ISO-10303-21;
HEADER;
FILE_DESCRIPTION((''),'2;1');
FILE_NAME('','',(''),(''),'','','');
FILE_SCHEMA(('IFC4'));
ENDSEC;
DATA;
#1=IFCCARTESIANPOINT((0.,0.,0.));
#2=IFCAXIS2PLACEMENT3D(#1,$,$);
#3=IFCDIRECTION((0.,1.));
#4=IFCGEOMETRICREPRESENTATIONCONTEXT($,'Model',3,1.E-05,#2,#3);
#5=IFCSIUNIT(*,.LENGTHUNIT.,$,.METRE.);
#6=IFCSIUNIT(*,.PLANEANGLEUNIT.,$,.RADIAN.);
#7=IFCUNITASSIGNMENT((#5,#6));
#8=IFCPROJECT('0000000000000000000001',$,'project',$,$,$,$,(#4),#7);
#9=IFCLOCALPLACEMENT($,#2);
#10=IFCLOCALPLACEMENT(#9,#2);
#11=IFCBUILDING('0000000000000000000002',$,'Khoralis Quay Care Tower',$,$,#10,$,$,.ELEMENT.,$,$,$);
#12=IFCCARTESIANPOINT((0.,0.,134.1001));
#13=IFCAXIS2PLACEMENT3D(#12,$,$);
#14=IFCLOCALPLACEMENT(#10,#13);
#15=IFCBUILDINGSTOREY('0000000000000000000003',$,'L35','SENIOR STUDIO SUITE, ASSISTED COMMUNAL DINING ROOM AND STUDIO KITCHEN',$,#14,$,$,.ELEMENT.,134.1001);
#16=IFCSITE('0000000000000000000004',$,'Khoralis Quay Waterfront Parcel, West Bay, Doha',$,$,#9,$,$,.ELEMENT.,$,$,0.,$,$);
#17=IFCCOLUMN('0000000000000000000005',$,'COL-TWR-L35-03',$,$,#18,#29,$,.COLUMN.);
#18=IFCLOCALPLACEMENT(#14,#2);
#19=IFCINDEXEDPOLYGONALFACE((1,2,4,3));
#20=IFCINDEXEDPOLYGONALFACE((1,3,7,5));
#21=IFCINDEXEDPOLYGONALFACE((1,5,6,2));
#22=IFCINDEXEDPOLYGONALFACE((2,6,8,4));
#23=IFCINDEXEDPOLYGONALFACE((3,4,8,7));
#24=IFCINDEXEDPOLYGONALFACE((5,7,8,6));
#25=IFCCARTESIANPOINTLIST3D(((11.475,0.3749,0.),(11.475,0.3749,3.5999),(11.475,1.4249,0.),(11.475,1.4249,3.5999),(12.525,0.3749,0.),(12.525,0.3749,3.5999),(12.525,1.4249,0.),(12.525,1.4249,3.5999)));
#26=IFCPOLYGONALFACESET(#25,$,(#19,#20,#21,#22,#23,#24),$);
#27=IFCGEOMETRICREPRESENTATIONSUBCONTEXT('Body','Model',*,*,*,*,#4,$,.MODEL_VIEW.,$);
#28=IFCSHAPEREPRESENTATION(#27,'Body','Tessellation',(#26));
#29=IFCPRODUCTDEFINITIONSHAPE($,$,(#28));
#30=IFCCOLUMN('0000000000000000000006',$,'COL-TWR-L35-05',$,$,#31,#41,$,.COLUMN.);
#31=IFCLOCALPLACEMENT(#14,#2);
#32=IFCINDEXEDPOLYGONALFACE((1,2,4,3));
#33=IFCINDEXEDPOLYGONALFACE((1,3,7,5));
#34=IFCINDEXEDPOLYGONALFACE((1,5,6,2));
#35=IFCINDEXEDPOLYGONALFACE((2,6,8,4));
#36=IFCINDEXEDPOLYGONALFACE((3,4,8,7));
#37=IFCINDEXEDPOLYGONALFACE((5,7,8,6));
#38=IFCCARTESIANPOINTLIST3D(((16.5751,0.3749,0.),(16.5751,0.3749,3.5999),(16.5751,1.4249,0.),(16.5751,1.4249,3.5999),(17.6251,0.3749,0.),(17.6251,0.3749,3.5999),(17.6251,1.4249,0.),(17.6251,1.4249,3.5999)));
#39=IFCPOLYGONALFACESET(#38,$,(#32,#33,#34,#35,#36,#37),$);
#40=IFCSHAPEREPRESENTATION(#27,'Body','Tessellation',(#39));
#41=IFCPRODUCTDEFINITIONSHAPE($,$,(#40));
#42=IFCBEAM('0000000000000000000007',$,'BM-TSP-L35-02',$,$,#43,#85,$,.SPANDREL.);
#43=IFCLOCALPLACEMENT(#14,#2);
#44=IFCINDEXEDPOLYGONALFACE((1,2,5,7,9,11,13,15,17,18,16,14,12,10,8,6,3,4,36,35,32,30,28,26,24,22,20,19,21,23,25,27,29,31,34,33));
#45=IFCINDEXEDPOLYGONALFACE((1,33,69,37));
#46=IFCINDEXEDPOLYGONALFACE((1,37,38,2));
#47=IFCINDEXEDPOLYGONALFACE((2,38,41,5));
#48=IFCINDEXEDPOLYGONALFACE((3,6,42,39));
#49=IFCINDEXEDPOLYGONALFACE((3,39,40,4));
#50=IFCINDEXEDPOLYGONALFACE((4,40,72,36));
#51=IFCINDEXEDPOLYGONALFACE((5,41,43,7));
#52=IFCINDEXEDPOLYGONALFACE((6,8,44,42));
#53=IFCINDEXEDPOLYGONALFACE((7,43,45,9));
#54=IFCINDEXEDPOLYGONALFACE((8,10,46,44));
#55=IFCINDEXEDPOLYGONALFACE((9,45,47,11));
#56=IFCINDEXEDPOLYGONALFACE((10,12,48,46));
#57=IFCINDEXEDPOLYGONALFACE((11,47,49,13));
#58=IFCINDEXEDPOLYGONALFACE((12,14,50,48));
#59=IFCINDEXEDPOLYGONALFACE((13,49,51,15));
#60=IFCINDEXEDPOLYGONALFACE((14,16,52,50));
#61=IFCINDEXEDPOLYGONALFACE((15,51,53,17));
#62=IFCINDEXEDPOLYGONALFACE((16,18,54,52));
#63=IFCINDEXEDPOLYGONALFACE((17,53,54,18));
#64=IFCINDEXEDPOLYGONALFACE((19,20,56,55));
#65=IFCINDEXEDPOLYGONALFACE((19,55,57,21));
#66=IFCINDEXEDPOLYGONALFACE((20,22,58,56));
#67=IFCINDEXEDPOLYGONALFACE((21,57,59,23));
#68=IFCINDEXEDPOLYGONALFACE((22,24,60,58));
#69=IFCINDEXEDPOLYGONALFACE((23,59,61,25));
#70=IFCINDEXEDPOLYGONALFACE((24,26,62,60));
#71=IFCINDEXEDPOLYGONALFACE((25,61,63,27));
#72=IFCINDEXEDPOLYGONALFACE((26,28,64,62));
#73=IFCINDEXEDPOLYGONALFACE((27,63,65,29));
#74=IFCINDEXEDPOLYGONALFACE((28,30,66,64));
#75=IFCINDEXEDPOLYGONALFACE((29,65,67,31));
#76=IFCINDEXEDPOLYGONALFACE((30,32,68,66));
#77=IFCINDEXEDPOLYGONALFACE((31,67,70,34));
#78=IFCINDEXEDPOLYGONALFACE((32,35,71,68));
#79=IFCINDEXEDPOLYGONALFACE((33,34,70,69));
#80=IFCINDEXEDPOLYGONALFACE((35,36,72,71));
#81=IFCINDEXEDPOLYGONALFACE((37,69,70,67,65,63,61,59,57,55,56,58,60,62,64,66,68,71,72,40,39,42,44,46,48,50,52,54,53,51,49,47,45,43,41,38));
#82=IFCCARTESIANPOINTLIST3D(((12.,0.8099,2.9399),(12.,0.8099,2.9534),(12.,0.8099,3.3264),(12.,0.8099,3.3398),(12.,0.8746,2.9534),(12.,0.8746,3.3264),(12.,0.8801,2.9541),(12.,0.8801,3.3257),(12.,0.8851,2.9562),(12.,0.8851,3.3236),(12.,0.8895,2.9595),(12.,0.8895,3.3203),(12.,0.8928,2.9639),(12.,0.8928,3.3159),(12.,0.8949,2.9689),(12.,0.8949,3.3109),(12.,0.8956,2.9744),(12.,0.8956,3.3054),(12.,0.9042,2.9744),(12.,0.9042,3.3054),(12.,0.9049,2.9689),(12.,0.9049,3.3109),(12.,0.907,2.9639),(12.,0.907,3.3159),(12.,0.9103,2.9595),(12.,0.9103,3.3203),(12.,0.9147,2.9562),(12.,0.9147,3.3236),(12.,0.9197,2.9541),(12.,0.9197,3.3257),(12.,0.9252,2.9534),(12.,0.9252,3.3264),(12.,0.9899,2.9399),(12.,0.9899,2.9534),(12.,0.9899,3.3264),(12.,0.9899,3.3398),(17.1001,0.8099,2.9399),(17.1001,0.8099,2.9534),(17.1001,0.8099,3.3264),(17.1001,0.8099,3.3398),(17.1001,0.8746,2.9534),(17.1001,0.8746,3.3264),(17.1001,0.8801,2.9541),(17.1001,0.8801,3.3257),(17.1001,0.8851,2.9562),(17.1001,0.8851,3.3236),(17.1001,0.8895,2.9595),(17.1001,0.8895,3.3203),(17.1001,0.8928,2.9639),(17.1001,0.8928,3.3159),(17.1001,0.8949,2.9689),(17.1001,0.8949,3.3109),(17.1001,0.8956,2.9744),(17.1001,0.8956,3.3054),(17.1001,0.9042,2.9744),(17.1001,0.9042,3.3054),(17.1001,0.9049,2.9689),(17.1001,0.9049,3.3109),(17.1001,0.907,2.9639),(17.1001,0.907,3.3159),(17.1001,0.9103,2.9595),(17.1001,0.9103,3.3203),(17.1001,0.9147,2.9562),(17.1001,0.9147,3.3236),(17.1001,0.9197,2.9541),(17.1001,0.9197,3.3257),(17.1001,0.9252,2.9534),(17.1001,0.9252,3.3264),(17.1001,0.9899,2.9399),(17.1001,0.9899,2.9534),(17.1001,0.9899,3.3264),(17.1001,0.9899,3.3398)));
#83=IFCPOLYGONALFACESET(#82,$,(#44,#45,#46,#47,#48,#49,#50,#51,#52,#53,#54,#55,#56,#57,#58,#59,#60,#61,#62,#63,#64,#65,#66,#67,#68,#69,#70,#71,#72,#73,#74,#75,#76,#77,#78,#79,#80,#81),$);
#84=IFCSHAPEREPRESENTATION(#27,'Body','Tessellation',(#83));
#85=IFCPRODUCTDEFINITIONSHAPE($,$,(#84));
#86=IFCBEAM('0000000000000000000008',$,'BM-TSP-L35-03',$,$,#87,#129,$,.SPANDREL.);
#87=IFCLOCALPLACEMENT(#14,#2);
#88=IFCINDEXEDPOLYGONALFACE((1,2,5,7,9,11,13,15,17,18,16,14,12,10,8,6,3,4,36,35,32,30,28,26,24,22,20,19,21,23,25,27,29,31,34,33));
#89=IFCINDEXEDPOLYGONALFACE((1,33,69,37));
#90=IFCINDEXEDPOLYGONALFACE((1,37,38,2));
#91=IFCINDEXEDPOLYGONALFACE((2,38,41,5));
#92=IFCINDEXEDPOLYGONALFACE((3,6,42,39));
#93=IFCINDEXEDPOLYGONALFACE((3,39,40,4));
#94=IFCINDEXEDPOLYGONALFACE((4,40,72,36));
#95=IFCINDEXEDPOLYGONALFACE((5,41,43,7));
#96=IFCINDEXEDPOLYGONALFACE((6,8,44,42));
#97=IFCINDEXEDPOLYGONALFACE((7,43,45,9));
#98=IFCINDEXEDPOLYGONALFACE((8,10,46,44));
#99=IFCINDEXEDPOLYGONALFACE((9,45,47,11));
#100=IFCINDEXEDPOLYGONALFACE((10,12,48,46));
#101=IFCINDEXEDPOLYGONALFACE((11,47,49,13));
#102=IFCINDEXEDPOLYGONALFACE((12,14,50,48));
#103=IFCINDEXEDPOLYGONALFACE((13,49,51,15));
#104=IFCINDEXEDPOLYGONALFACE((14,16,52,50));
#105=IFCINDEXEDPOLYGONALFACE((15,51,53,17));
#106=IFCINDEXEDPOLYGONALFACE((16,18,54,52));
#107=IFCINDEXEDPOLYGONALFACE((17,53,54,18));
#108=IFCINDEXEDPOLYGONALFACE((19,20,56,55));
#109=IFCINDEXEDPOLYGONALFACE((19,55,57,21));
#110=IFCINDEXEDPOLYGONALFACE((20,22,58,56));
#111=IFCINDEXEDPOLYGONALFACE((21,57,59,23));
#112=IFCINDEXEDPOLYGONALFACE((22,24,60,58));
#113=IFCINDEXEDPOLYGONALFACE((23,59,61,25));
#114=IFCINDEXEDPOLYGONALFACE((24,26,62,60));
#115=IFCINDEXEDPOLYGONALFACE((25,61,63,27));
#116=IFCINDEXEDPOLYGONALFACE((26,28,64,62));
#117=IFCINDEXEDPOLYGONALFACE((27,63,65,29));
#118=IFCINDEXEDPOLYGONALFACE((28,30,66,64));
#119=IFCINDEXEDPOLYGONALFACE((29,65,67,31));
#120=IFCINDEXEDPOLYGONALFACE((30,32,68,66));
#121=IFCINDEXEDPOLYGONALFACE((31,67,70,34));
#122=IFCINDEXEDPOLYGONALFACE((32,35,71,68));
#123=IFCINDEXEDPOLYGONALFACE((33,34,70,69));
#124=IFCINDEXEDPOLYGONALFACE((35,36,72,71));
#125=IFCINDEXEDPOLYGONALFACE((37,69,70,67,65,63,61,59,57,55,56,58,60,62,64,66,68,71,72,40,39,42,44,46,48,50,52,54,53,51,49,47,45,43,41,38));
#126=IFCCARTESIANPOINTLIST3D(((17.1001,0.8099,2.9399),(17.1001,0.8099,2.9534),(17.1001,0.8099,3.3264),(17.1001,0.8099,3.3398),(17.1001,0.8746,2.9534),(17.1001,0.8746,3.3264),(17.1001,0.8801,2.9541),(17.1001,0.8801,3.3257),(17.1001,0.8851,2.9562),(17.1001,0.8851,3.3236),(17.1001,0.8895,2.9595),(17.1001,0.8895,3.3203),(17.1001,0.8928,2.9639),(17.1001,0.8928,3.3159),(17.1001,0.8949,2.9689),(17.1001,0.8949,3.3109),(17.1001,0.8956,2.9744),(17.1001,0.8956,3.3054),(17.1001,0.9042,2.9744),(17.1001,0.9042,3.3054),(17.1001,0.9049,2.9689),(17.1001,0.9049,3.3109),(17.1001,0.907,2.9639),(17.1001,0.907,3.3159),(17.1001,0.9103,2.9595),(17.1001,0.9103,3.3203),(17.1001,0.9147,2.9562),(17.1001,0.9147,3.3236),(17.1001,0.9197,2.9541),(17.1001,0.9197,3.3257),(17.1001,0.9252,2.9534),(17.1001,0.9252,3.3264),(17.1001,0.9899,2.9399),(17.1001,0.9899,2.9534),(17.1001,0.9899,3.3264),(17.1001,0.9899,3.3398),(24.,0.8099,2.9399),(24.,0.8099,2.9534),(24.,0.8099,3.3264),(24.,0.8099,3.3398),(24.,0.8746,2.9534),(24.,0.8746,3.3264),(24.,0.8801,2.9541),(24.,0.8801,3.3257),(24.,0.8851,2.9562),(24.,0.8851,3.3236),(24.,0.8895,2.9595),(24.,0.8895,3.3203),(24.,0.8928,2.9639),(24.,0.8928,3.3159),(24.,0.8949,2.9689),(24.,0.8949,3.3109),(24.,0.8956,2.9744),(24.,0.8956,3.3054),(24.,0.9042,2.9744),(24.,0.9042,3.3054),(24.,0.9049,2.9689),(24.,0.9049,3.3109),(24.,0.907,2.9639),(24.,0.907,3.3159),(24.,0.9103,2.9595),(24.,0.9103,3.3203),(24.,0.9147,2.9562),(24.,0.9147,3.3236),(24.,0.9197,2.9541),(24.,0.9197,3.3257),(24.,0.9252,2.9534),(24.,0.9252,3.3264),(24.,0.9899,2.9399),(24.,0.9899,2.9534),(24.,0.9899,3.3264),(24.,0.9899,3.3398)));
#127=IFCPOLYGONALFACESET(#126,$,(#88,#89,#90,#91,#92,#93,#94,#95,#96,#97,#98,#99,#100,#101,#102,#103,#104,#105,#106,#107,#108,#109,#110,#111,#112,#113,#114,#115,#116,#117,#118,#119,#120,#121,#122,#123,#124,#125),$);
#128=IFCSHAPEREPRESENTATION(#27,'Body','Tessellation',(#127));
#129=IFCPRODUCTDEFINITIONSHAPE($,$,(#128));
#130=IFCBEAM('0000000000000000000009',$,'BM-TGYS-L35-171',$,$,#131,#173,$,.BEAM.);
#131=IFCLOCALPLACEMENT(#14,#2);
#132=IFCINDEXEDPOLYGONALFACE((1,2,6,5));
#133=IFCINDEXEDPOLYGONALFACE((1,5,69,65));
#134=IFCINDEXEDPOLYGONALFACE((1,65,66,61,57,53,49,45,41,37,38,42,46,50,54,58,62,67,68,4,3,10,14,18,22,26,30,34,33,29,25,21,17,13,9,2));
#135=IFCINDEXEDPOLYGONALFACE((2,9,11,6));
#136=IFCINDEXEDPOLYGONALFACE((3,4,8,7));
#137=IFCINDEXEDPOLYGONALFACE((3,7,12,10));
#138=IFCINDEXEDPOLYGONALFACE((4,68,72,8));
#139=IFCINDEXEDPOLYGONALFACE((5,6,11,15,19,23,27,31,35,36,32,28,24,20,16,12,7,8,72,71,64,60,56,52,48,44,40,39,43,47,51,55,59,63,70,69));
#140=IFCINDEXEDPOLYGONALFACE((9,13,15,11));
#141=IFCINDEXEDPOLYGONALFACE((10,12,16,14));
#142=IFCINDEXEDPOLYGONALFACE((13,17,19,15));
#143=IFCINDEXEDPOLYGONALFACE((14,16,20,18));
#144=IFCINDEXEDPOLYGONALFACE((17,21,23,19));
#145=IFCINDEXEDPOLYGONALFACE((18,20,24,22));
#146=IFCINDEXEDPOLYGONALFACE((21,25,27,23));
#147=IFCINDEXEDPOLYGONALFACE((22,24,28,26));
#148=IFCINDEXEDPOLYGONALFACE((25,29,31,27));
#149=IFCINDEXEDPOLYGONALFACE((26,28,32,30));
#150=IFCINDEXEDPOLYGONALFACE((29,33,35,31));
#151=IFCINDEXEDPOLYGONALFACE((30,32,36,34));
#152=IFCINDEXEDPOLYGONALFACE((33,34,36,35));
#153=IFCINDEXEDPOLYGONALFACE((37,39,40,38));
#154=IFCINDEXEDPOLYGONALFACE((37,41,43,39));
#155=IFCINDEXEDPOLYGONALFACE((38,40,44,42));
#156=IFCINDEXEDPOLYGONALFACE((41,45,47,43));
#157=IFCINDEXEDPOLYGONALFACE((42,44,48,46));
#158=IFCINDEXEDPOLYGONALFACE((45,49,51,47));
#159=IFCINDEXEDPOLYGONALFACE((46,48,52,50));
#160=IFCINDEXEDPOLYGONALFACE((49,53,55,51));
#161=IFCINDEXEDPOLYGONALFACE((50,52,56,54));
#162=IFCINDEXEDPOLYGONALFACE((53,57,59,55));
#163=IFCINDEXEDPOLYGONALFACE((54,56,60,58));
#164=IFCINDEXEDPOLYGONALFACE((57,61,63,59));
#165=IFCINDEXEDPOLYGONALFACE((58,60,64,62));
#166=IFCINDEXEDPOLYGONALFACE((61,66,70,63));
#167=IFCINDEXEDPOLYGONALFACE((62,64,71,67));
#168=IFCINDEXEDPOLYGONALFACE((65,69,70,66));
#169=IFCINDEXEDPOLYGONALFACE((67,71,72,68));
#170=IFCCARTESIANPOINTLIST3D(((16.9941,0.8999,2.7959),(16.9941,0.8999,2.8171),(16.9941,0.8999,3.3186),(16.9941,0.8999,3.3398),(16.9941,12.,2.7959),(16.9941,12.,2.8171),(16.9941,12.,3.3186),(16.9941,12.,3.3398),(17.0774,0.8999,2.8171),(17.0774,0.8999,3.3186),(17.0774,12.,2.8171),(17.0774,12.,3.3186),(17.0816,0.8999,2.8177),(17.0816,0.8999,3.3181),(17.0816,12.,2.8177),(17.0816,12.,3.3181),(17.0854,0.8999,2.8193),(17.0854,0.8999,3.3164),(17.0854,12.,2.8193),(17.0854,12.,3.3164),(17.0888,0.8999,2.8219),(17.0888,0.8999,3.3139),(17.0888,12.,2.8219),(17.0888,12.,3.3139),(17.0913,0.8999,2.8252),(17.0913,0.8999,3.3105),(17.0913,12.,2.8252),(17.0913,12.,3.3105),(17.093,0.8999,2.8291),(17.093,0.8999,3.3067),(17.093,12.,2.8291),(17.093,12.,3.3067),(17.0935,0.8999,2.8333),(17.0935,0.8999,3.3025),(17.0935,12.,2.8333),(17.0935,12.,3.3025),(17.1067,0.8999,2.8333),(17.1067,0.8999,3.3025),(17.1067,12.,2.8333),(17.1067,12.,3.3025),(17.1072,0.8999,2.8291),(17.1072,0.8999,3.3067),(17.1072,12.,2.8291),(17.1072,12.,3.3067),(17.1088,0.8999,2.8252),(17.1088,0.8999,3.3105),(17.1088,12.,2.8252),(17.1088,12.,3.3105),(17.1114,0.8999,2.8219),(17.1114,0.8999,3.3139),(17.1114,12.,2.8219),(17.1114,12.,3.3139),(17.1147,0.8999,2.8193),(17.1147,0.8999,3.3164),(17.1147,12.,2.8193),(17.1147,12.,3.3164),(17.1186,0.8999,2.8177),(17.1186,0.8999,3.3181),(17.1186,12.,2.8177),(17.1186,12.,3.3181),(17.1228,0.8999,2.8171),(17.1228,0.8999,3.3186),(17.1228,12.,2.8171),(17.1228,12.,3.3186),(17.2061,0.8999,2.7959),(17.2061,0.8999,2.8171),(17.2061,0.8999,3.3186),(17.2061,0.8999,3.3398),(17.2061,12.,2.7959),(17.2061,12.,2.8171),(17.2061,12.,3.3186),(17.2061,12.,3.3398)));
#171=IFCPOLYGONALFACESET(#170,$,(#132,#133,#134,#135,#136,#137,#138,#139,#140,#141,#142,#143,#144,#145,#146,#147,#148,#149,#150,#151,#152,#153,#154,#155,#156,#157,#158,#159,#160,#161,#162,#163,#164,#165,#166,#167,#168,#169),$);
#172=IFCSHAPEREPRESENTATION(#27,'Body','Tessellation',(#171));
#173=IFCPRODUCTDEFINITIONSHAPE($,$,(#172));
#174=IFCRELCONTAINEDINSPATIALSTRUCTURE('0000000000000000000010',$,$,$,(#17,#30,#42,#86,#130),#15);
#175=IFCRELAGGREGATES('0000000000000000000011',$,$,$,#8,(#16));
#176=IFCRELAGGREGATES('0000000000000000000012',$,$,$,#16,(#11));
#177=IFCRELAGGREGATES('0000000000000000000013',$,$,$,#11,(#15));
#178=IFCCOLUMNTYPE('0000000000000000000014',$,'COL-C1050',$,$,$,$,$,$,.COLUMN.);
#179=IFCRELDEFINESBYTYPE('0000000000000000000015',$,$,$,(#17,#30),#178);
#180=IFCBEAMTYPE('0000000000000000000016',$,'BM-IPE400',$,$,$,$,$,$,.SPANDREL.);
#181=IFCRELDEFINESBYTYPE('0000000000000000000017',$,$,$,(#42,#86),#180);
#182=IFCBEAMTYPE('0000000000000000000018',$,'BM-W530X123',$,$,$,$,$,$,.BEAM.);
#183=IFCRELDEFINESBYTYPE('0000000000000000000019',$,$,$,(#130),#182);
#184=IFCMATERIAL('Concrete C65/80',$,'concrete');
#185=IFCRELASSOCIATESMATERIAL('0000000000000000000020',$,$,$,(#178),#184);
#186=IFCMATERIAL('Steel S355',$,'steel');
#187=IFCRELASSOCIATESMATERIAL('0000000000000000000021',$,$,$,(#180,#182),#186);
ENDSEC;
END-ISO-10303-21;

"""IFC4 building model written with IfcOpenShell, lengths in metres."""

from ifc_helpers import new_model, si_unit, direction, frame, origin, origin_2d, place, context, subcontext, project, spatial, rectangle, i_section, extrude, source, transform, mapped, material, material_profile, profile_set, type_object, element, save


model = new_model("IFC4")

# Units and contexts
model_context = context("Model", 3, precision=1e-05, world=origin(), true_north=direction((0.0, 1.0)))
body_context = subcontext(model_context, "Body", "Model", "MODEL_VIEW")
ifc_project = project(units=[si_unit("LENGTHUNIT", "METRE"), si_unit("PLANEANGLEUNIT", "RADIAN")], contexts=[model_context])

# Site, building, storey
site_placement = place(None, origin())
site = spatial("IfcSite", under=ifc_project, at=site_placement, Name="Khoralis Quay Waterfront Parcel, West Bay, Doha", CompositionType="ELEMENT", RefElevation=0.0)
building_placement = place(site_placement, origin())
building = spatial("IfcBuilding", under=site, at=building_placement, Name="Khoralis Quay Care Tower", CompositionType="ELEMENT")
storey_placement = place(building_placement, frame((0.0, 0.0, 134.1001)))
storey = spatial("IfcBuildingStorey", under=building, at=storey_placement, Name="L35", Description="SENIOR STUDIO SUITE, ASSISTED COMMUNAL DINING ROOM AND STUDIO KITCHEN", CompositionType="ELEMENT", Elevation=134.1001)

# Columns
ifc_material_1 = material(Name="Concrete C65/80", Category="concrete")
ifc_material_profile_1 = material_profile(ifc_material_1, rectangle(XDim=1.05, YDim=1.05, at=origin_2d()), Name="Concrete C65/80")
ifc_profile_set_1 = profile_set([ifc_material_profile_1], Name="Concrete C65/80")
column_type = type_object("IfcColumnType", Name="COL-C1050", PredefinedType="COLUMN", material=ifc_profile_set_1)
shared_shape_1 = source(origin(), body_context, "Body", "SweptSolid", [
    extrude(rectangle(XDim=1.05, YDim=1.05, at=origin_2d()), origin(), (0.0, 0.0, 1.0), 3.5999),
])
for number, where, z_axis, x_axis, name in (
    (1, (12.0, 0.8999, 0.0), (0.0, 0.0, 1.0), (1.0, 0.0, 0.0), "COL-TWR-L35-03"),
    (2, (17.1001, 0.8999, 0.0), (0.0, 0.0, 1.0), (1.0, 0.0, 0.0), "COL-TWR-L35-05"),
):
    element("IfcColumn", number, at=place(storey_placement, frame(where, z_axis=z_axis, x_axis=x_axis)), inside=storey, type_object=column_type, Name=name, PredefinedType="COLUMN", context=body_context, shape_type="MappedRepresentation", body=[
        mapped(shared_shape_1, transform((0.0, 0.0, 0.0), scale=1.0)),
    ])

# Beams
ifc_material_2 = material(Name="Steel S355", Category="steel")
ifc_material_profile_2 = material_profile(ifc_material_2, i_section(OverallWidth=0.1799, OverallDepth=0.3999, WebThickness=0.0085, FlangeThickness=0.0134, FilletRadius=0.021, at=origin_2d()), Name="Steel S355")
ifc_profile_set_2 = profile_set([ifc_material_profile_2], Name="Steel S355")
beam_type_1 = type_object("IfcBeamType", Name="BM-IPE400", PredefinedType="SPANDREL", material=ifc_profile_set_2)
shared_shape_2 = source(origin(), body_context, "Body", "SweptSolid", [
    extrude(i_section(OverallWidth=0.1799, OverallDepth=0.3999, WebThickness=0.0085, FlangeThickness=0.0134, FilletRadius=0.021, at=origin_2d()), origin(), (0.0, 0.0, 1.0), 5.1001),
])
beam_1_placement = place(storey_placement, frame((12.0, 0.8999, 3.1399), z_axis=(1.0, 0.0, 0.0), x_axis=(0.0, 1.0, 0.0)))
element("IfcBeam", 3, at=beam_1_placement, inside=storey, type_object=beam_type_1, Name="BM-TSP-L35-02", PredefinedType="SPANDREL", context=body_context, shape_type="MappedRepresentation", body=[
    mapped(shared_shape_2, transform((0.0, 0.0, 0.0), scale=1.0)),
])
shared_shape_3 = source(origin(), body_context, "Body", "SweptSolid", [
    extrude(i_section(OverallWidth=0.1799, OverallDepth=0.3999, WebThickness=0.0085, FlangeThickness=0.0134, FilletRadius=0.021, at=origin_2d()), origin(), (0.0, 0.0, 1.0), 6.8999),
])
beam_2_placement = place(storey_placement, frame((17.1001, 0.8999, 3.1399), z_axis=(1.0, 0.0, 0.0), x_axis=(0.0, 1.0, 0.0)))
element("IfcBeam", 4, at=beam_2_placement, inside=storey, type_object=beam_type_1, Name="BM-TSP-L35-03", PredefinedType="SPANDREL", context=body_context, shape_type="MappedRepresentation", body=[
    mapped(shared_shape_3, transform((0.0, 0.0, 0.0), scale=1.0)),
])
ifc_material_profile_3 = material_profile(ifc_material_2, i_section(OverallWidth=0.2119, OverallDepth=0.5439, WebThickness=0.0132, FlangeThickness=0.0212, FilletRadius=0.0161, at=origin_2d()), Name="Steel S355")
ifc_profile_set_3 = profile_set([ifc_material_profile_3], Name="Steel S355")
beam_type_2 = type_object("IfcBeamType", Name="BM-W530X123", PredefinedType="BEAM", material=ifc_profile_set_3)
shared_shape_4 = source(origin(), body_context, "Body", "SweptSolid", [
    extrude(i_section(OverallWidth=0.2119, OverallDepth=0.5439, WebThickness=0.0132, FlangeThickness=0.0212, FilletRadius=0.0161, at=origin_2d()), origin(), (0.0, 0.0, 1.0), 11.1001),
])
beam_3_placement = place(storey_placement, frame((17.1001, 0.8999, 3.0679), z_axis=(0.0, 1.0, 0.0), x_axis=(-1.0, 0.0, 0.0)))
element("IfcBeam", 5, at=beam_3_placement, inside=storey, type_object=beam_type_2, Name="BM-TGYS-L35-171", PredefinedType="BEAM", context=body_context, shape_type="MappedRepresentation", body=[
    mapped(shared_shape_4, transform((0.0, 0.0, 0.0), scale=1.0)),
])

save(model, "model.ifc")
